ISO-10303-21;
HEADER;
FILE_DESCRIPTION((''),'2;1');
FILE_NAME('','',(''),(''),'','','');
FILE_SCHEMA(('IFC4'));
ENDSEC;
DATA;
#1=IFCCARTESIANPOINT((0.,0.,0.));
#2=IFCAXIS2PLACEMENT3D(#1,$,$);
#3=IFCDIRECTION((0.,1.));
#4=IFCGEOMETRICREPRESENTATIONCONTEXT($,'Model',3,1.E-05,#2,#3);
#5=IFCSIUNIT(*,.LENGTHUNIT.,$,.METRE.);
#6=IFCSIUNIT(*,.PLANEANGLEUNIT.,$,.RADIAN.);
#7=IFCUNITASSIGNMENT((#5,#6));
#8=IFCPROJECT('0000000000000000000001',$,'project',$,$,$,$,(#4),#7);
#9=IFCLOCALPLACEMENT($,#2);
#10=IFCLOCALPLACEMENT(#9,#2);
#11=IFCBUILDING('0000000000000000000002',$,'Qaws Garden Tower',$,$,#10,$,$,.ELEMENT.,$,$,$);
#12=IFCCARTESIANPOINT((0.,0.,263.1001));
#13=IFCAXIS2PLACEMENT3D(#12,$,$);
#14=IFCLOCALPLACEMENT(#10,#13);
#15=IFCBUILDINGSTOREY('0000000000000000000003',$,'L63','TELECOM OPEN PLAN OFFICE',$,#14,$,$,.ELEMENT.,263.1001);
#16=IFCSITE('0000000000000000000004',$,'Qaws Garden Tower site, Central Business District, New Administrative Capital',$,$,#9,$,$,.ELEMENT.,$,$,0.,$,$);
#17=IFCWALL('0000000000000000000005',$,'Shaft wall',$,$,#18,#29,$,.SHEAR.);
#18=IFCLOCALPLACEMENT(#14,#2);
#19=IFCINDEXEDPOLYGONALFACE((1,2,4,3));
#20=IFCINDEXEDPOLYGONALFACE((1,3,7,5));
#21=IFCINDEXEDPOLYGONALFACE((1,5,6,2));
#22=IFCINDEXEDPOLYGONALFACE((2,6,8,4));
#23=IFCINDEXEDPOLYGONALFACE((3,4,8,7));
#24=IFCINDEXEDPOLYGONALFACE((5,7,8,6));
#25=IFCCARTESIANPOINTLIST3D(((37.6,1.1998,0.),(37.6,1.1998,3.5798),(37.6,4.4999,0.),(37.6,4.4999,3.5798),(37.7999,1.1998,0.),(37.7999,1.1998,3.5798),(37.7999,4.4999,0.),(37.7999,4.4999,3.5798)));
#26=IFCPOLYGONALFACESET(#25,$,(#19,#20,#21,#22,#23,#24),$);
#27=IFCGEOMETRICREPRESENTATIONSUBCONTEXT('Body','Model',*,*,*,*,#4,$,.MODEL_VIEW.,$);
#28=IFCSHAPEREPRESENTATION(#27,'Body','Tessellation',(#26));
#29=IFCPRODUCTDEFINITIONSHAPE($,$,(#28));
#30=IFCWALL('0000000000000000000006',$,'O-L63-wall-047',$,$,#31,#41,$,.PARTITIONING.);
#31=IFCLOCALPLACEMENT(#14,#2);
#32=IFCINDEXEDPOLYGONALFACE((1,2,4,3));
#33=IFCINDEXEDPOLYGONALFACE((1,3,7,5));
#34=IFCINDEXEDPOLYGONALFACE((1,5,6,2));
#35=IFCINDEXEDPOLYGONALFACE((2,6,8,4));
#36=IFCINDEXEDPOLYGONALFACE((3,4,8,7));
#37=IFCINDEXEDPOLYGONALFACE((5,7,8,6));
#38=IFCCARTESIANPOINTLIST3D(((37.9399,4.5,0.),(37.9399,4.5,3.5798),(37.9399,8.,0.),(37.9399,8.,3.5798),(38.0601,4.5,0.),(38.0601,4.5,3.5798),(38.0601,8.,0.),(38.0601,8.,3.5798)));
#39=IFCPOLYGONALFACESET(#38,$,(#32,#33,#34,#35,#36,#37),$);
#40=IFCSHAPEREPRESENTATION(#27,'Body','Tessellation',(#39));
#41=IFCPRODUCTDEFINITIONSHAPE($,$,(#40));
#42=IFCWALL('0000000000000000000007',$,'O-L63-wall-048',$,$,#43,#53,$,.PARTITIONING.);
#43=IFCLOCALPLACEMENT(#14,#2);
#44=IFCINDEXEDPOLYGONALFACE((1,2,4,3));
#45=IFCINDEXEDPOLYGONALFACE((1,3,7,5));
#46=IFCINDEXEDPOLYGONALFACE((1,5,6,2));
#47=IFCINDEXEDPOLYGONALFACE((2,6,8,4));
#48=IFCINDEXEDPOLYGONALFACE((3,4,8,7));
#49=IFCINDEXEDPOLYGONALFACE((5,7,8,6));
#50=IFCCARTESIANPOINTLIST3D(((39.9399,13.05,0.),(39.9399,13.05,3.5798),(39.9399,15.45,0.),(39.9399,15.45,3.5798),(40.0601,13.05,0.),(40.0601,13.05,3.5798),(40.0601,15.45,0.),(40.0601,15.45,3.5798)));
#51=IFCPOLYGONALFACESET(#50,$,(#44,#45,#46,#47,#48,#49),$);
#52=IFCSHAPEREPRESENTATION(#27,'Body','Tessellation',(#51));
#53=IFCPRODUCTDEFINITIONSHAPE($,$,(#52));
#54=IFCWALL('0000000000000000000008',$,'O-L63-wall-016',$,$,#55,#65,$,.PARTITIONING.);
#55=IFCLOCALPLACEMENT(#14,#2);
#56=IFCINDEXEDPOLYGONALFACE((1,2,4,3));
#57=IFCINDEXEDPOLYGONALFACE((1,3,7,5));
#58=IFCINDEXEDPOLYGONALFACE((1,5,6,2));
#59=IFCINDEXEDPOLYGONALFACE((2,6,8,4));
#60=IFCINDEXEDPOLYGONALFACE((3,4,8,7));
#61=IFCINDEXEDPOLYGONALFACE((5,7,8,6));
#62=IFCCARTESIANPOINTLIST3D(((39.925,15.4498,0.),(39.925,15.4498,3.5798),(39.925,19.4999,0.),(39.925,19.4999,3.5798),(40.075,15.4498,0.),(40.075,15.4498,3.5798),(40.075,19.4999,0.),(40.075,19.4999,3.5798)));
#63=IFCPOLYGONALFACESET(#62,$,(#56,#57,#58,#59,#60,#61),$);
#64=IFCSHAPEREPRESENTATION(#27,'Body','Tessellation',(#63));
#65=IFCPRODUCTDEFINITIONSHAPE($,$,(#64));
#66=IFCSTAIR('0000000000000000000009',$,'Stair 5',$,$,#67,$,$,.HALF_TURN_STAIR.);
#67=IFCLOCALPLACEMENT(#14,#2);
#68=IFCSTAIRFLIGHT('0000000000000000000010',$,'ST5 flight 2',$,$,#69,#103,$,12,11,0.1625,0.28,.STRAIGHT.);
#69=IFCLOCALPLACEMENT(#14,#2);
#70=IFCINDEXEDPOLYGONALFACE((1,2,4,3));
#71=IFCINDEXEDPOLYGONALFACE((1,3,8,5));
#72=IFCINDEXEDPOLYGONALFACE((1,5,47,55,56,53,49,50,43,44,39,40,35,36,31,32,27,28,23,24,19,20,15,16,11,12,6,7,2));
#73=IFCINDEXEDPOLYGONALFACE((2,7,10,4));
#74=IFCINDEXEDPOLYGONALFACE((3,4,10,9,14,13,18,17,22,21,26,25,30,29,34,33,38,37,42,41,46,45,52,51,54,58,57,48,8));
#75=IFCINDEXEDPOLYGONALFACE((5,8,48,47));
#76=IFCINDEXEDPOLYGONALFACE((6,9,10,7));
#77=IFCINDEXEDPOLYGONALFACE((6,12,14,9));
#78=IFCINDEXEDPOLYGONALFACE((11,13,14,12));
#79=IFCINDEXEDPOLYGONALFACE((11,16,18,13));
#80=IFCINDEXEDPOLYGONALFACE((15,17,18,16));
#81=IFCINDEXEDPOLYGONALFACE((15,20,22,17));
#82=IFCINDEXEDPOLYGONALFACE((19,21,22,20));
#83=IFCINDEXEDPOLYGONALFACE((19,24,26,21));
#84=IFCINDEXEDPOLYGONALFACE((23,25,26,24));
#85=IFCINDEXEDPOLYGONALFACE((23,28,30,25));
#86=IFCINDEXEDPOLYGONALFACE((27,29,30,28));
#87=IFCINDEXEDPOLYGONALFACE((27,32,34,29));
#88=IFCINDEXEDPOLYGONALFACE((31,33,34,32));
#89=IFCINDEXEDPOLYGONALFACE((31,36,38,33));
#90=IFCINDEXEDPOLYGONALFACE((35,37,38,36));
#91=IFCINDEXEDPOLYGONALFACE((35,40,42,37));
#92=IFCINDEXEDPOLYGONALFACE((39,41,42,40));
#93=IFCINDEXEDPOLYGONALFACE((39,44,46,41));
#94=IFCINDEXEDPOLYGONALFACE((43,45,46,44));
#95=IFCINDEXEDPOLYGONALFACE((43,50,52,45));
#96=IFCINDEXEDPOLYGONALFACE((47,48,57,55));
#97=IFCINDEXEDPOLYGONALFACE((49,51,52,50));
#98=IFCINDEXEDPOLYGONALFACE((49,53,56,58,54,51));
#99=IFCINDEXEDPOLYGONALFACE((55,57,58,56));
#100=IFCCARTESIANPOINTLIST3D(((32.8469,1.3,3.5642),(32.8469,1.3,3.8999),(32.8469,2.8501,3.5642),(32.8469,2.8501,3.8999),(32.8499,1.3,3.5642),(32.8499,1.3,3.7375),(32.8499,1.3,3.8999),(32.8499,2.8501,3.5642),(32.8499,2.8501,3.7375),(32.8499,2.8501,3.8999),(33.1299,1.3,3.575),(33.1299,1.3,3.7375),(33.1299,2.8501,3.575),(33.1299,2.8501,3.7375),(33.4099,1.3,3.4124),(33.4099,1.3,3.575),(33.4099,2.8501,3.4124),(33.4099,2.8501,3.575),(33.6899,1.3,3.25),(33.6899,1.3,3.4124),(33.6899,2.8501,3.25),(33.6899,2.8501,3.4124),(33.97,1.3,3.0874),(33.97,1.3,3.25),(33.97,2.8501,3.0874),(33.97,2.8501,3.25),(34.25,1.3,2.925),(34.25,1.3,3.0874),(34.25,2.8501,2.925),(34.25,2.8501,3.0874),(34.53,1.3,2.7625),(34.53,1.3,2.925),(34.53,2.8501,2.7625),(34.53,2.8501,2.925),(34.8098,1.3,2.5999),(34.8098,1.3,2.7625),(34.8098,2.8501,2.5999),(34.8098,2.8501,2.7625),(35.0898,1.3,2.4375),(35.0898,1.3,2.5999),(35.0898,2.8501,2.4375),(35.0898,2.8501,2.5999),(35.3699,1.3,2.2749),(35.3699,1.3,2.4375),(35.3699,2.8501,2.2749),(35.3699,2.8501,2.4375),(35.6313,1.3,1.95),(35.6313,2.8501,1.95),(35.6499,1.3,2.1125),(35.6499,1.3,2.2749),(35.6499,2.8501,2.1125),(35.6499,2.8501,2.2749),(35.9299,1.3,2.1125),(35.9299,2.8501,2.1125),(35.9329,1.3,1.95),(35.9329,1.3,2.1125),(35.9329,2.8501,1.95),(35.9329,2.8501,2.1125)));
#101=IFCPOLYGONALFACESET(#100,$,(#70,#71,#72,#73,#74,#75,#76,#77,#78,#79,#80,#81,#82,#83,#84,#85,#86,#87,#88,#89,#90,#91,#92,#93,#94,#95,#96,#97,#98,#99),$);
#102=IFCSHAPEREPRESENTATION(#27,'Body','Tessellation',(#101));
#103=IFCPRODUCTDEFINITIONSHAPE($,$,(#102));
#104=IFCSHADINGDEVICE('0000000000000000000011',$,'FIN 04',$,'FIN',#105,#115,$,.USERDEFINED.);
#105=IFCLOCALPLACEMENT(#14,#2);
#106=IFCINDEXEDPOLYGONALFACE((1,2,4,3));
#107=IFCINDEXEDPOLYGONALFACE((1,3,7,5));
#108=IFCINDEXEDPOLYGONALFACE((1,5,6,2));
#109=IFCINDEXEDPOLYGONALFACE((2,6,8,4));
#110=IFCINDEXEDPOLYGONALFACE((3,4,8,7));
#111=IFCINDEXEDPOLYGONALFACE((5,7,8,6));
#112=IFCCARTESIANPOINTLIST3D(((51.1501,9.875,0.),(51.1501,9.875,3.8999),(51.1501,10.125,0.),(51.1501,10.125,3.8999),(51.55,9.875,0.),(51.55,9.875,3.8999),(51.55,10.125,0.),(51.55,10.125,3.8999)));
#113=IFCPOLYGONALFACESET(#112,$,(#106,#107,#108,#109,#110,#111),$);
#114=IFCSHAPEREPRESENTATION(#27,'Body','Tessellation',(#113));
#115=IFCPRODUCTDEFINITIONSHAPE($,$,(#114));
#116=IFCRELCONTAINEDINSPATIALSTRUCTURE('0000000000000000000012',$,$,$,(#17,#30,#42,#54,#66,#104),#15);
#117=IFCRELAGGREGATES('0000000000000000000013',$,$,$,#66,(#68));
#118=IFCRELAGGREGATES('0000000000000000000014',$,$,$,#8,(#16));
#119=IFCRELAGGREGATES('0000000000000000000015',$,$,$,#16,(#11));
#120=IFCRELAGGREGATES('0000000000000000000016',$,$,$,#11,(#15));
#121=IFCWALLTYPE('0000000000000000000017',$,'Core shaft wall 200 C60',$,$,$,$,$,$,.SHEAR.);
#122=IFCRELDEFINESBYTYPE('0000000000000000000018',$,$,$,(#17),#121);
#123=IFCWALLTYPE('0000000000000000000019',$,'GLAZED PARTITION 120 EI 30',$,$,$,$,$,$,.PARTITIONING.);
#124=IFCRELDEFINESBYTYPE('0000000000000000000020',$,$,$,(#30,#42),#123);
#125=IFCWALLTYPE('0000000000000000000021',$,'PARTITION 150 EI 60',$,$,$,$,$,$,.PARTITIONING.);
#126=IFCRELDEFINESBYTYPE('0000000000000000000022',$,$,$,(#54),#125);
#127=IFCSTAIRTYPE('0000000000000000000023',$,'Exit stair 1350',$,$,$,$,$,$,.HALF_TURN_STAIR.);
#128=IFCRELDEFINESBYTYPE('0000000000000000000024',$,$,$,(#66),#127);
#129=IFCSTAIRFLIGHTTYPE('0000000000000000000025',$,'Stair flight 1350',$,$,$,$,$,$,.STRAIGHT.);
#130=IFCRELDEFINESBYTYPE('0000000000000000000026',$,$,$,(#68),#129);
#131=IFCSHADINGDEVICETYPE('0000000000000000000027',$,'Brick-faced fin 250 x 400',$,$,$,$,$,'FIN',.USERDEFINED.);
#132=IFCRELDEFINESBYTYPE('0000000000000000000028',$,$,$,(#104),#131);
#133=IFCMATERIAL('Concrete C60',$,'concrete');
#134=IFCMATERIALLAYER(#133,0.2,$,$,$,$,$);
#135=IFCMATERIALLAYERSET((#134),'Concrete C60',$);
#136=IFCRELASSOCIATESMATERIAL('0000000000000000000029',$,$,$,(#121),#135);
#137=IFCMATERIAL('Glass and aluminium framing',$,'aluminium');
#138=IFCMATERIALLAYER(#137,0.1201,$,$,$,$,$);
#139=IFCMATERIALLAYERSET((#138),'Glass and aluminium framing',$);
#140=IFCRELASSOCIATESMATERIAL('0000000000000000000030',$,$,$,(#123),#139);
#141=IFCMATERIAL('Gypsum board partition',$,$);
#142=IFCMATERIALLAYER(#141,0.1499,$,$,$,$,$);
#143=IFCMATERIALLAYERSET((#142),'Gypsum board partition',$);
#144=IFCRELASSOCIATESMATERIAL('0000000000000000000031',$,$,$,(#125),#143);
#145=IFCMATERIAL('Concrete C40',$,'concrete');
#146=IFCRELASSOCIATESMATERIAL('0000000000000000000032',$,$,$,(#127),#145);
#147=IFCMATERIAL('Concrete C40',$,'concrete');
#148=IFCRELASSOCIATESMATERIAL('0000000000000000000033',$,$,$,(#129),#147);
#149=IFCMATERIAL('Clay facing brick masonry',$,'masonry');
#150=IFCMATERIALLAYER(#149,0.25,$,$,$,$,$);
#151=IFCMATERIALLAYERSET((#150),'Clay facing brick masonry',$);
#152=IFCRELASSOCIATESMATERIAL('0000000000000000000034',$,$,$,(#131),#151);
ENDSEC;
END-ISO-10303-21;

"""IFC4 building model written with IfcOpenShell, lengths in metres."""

from ifc_helpers import new_model, si_unit, direction, frame, frame_2d, origin, origin_2d, place, context, subcontext, project, spatial, polyline, rectangle, outline, extrude, material, layer, layer_set, type_object, element, aggregate, save


model = new_model("IFC4")

# Units and contexts
model_context = context("Model", 3, precision=1e-05, world=origin(), true_north=direction((0.0, 1.0)))
body_context = subcontext(model_context, "Body", "Model", "MODEL_VIEW")
ifc_project = project(units=[si_unit("LENGTHUNIT", "METRE"), si_unit("PLANEANGLEUNIT", "RADIAN")], contexts=[model_context])

# Site, building, storey
site_placement = place(None, origin())
site = spatial("IfcSite", under=ifc_project, at=site_placement, Name="Qaws Garden Tower site, Central Business District, New Administrative Capital", CompositionType="ELEMENT", RefElevation=0.0)
building_placement = place(site_placement, origin())
building = spatial("IfcBuilding", under=site, at=building_placement, Name="Qaws Garden Tower", CompositionType="ELEMENT")
storey_placement = place(building_placement, frame((0.0, 0.0, 263.1001)))
storey = spatial("IfcBuildingStorey", under=building, at=storey_placement, Name="L63", Description="TELECOM OPEN PLAN OFFICE", CompositionType="ELEMENT", Elevation=263.1001)

# Walls
ifc_material_1 = material(Name="Concrete C60", Category="concrete")
ifc_layer_1 = layer(ifc_material_1, 0.2)
ifc_layer_set_1 = layer_set([ifc_layer_1], Name="Concrete C60")
wall_type_1 = type_object("IfcWallType", Name="Core shaft wall 200 C60", PredefinedType="SHEAR", material=ifc_layer_set_1)
wall_1_placement = place(storey_placement, frame((37.7, 1.2, 0.0), z_axis=(0.0, 0.0, 1.0), x_axis=(0.0, 1.0, 0.0)))
element("IfcWall", 1, at=wall_1_placement, inside=storey, type_object=wall_type_1, Name="Shaft wall", PredefinedType="SHEAR", context=body_context, shape_type="SweptSolid", body=[
    extrude(rectangle(XDim=3.3, YDim=0.2, at=frame_2d((1.6499, 0.0))), origin(), (0.0, 0.0, 1.0), 3.5798),
])
ifc_material_2 = material(Name="Glass and aluminium framing", Category="aluminium")
ifc_layer_2 = layer(ifc_material_2, 0.1201)
ifc_layer_set_2 = layer_set([ifc_layer_2], Name="Glass and aluminium framing")
wall_type_2 = type_object("IfcWallType", Name="GLAZED PARTITION 120 EI 30", PredefinedType="PARTITIONING", material=ifc_layer_set_2)
wall_2_placement = place(storey_placement, frame((38.0, 4.5, 0.0), z_axis=(0.0, 0.0, 1.0), x_axis=(0.0, 1.0, 0.0)))
element("IfcWall", 2, at=wall_2_placement, inside=storey, type_object=wall_type_2, Name="O-L63-wall-047", PredefinedType="PARTITIONING", context=body_context, shape_type="SweptSolid", body=[
    extrude(rectangle(XDim=3.5, YDim=0.1201, at=frame_2d((1.75, 0.0))), origin(), (0.0, 0.0, 1.0), 3.5798),
])
wall_3_placement = place(storey_placement, frame((40.0, 13.05, 0.0), z_axis=(0.0, 0.0, 1.0), x_axis=(0.0, 1.0, 0.0)))
element("IfcWall", 3, at=wall_3_placement, inside=storey, type_object=wall_type_2, Name="O-L63-wall-048", PredefinedType="PARTITIONING", context=body_context, shape_type="SweptSolid", body=[
    extrude(rectangle(XDim=2.3999, YDim=0.1201, at=frame_2d((1.2, 0.0))), origin(), (0.0, 0.0, 1.0), 3.5798),
])
ifc_material_3 = material(Name="Gypsum board partition")
ifc_layer_3 = layer(ifc_material_3, 0.1499)
ifc_layer_set_3 = layer_set([ifc_layer_3], Name="Gypsum board partition")
wall_type_3 = type_object("IfcWallType", Name="PARTITION 150 EI 60", PredefinedType="PARTITIONING", material=ifc_layer_set_3)
wall_4_placement = place(storey_placement, frame((40.0, 15.45, 0.0), z_axis=(0.0, 0.0, 1.0), x_axis=(0.0, 1.0, 0.0)))
element("IfcWall", 4, at=wall_4_placement, inside=storey, type_object=wall_type_3, Name="O-L63-wall-016", PredefinedType="PARTITIONING", context=body_context, shape_type="SweptSolid", body=[
    extrude(rectangle(XDim=4.05, YDim=0.1499, at=frame_2d((2.0249, 0.0))), origin(), (0.0, 0.0, 1.0), 3.5798),
])

# Stair, stair flight
ifc_material_4 = material(Name="Concrete C40", Category="concrete")
stair_type = type_object("IfcStairType", Name="Exit stair 1350", PredefinedType="HALF_TURN_STAIR", material=ifc_material_4)
stair_placement = place(storey_placement, origin())
stair = element("IfcStair", 5, at=stair_placement, inside=storey, type_object=stair_type, Name="Stair 5", PredefinedType="HALF_TURN_STAIR")
ifc_material_5 = material(Name="Concrete C40", Category="concrete")
stair_flight_type = type_object("IfcStairFlightType", Name="Stair flight 1350", PredefinedType="STRAIGHT", material=ifc_material_5)
stair_flight_placement = place(storey_placement, frame((35.9299, 2.075, 1.95), z_axis=(0.0, 0.0, 1.0), x_axis=(-1.0, 0.0, 0.0)))
stair_flight = element("IfcStairFlight", 6, at=stair_flight_placement, type_object=stair_flight_type, Name="ST5 flight 2", NumberOfRisers=12, NumberOfTreads=11, PredefinedType="STRAIGHT", RiserHeight=0.1625, TreadLength=0.28, context=body_context, shape_type="SweptSolid", body=[
    extrude(outline(polyline([(-0.0029, 0.0), (-0.0029, 0.1626), (0.0, 0.1626), (0.28, 0.1626), (0.28, 0.325), (0.5601, 0.325), (0.5601, 0.4875), (0.8401, 0.4875), (0.8401, 0.6499), (1.1201, 0.6499), (1.1201, 0.8125), (1.3999, 0.8125), (1.3999, 0.9751), (1.6799, 0.9751), (1.6799, 1.1375), (1.96, 1.1375), (1.96, 1.3), (2.24, 1.3), (2.24, 1.4624), (2.52, 1.4624), (2.52, 1.625), (2.8, 1.625), (2.8, 1.7876), (3.0801, 1.7876), (3.0801, 1.95), (3.083, 1.95), (3.083, 1.6143), (3.0801, 1.6143), (0.2986, 0.0), (-0.0029, 0.0)])), frame((0.0, 0.7749, 0.0), z_axis=(0.0, -1.0, 0.0), x_axis=(1.0, 0.0, 0.0)), (0.0, 0.0, 1.0), 1.55),
])
aggregate(stair, [stair_flight])

# Shading device
ifc_material_6 = material(Name="Clay facing brick masonry", Category="masonry")
ifc_layer_4 = layer(ifc_material_6, 0.25)
ifc_layer_set_4 = layer_set([ifc_layer_4], Name="Clay facing brick masonry")
shading_device_type = type_object("IfcShadingDeviceType", Name="Brick-faced fin 250 x 400", ElementType="FIN", PredefinedType="USERDEFINED", material=ifc_layer_set_4)
shading_device_placement = place(storey_placement, frame((51.3501, 10.0, 0.0), z_axis=(0.0, 0.0, 1.0), x_axis=(0.0, 1.0, 0.0)))
element("IfcShadingDevice", 7, at=shading_device_placement, inside=storey, type_object=shading_device_type, Name="FIN 04", ObjectType="FIN", PredefinedType="USERDEFINED", context=body_context, shape_type="SweptSolid", body=[
    extrude(rectangle(XDim=0.25, YDim=0.3999, at=origin_2d()), origin(), (0.0, 0.0, 1.0), 3.8999),
])

save(model, "model.ifc")
